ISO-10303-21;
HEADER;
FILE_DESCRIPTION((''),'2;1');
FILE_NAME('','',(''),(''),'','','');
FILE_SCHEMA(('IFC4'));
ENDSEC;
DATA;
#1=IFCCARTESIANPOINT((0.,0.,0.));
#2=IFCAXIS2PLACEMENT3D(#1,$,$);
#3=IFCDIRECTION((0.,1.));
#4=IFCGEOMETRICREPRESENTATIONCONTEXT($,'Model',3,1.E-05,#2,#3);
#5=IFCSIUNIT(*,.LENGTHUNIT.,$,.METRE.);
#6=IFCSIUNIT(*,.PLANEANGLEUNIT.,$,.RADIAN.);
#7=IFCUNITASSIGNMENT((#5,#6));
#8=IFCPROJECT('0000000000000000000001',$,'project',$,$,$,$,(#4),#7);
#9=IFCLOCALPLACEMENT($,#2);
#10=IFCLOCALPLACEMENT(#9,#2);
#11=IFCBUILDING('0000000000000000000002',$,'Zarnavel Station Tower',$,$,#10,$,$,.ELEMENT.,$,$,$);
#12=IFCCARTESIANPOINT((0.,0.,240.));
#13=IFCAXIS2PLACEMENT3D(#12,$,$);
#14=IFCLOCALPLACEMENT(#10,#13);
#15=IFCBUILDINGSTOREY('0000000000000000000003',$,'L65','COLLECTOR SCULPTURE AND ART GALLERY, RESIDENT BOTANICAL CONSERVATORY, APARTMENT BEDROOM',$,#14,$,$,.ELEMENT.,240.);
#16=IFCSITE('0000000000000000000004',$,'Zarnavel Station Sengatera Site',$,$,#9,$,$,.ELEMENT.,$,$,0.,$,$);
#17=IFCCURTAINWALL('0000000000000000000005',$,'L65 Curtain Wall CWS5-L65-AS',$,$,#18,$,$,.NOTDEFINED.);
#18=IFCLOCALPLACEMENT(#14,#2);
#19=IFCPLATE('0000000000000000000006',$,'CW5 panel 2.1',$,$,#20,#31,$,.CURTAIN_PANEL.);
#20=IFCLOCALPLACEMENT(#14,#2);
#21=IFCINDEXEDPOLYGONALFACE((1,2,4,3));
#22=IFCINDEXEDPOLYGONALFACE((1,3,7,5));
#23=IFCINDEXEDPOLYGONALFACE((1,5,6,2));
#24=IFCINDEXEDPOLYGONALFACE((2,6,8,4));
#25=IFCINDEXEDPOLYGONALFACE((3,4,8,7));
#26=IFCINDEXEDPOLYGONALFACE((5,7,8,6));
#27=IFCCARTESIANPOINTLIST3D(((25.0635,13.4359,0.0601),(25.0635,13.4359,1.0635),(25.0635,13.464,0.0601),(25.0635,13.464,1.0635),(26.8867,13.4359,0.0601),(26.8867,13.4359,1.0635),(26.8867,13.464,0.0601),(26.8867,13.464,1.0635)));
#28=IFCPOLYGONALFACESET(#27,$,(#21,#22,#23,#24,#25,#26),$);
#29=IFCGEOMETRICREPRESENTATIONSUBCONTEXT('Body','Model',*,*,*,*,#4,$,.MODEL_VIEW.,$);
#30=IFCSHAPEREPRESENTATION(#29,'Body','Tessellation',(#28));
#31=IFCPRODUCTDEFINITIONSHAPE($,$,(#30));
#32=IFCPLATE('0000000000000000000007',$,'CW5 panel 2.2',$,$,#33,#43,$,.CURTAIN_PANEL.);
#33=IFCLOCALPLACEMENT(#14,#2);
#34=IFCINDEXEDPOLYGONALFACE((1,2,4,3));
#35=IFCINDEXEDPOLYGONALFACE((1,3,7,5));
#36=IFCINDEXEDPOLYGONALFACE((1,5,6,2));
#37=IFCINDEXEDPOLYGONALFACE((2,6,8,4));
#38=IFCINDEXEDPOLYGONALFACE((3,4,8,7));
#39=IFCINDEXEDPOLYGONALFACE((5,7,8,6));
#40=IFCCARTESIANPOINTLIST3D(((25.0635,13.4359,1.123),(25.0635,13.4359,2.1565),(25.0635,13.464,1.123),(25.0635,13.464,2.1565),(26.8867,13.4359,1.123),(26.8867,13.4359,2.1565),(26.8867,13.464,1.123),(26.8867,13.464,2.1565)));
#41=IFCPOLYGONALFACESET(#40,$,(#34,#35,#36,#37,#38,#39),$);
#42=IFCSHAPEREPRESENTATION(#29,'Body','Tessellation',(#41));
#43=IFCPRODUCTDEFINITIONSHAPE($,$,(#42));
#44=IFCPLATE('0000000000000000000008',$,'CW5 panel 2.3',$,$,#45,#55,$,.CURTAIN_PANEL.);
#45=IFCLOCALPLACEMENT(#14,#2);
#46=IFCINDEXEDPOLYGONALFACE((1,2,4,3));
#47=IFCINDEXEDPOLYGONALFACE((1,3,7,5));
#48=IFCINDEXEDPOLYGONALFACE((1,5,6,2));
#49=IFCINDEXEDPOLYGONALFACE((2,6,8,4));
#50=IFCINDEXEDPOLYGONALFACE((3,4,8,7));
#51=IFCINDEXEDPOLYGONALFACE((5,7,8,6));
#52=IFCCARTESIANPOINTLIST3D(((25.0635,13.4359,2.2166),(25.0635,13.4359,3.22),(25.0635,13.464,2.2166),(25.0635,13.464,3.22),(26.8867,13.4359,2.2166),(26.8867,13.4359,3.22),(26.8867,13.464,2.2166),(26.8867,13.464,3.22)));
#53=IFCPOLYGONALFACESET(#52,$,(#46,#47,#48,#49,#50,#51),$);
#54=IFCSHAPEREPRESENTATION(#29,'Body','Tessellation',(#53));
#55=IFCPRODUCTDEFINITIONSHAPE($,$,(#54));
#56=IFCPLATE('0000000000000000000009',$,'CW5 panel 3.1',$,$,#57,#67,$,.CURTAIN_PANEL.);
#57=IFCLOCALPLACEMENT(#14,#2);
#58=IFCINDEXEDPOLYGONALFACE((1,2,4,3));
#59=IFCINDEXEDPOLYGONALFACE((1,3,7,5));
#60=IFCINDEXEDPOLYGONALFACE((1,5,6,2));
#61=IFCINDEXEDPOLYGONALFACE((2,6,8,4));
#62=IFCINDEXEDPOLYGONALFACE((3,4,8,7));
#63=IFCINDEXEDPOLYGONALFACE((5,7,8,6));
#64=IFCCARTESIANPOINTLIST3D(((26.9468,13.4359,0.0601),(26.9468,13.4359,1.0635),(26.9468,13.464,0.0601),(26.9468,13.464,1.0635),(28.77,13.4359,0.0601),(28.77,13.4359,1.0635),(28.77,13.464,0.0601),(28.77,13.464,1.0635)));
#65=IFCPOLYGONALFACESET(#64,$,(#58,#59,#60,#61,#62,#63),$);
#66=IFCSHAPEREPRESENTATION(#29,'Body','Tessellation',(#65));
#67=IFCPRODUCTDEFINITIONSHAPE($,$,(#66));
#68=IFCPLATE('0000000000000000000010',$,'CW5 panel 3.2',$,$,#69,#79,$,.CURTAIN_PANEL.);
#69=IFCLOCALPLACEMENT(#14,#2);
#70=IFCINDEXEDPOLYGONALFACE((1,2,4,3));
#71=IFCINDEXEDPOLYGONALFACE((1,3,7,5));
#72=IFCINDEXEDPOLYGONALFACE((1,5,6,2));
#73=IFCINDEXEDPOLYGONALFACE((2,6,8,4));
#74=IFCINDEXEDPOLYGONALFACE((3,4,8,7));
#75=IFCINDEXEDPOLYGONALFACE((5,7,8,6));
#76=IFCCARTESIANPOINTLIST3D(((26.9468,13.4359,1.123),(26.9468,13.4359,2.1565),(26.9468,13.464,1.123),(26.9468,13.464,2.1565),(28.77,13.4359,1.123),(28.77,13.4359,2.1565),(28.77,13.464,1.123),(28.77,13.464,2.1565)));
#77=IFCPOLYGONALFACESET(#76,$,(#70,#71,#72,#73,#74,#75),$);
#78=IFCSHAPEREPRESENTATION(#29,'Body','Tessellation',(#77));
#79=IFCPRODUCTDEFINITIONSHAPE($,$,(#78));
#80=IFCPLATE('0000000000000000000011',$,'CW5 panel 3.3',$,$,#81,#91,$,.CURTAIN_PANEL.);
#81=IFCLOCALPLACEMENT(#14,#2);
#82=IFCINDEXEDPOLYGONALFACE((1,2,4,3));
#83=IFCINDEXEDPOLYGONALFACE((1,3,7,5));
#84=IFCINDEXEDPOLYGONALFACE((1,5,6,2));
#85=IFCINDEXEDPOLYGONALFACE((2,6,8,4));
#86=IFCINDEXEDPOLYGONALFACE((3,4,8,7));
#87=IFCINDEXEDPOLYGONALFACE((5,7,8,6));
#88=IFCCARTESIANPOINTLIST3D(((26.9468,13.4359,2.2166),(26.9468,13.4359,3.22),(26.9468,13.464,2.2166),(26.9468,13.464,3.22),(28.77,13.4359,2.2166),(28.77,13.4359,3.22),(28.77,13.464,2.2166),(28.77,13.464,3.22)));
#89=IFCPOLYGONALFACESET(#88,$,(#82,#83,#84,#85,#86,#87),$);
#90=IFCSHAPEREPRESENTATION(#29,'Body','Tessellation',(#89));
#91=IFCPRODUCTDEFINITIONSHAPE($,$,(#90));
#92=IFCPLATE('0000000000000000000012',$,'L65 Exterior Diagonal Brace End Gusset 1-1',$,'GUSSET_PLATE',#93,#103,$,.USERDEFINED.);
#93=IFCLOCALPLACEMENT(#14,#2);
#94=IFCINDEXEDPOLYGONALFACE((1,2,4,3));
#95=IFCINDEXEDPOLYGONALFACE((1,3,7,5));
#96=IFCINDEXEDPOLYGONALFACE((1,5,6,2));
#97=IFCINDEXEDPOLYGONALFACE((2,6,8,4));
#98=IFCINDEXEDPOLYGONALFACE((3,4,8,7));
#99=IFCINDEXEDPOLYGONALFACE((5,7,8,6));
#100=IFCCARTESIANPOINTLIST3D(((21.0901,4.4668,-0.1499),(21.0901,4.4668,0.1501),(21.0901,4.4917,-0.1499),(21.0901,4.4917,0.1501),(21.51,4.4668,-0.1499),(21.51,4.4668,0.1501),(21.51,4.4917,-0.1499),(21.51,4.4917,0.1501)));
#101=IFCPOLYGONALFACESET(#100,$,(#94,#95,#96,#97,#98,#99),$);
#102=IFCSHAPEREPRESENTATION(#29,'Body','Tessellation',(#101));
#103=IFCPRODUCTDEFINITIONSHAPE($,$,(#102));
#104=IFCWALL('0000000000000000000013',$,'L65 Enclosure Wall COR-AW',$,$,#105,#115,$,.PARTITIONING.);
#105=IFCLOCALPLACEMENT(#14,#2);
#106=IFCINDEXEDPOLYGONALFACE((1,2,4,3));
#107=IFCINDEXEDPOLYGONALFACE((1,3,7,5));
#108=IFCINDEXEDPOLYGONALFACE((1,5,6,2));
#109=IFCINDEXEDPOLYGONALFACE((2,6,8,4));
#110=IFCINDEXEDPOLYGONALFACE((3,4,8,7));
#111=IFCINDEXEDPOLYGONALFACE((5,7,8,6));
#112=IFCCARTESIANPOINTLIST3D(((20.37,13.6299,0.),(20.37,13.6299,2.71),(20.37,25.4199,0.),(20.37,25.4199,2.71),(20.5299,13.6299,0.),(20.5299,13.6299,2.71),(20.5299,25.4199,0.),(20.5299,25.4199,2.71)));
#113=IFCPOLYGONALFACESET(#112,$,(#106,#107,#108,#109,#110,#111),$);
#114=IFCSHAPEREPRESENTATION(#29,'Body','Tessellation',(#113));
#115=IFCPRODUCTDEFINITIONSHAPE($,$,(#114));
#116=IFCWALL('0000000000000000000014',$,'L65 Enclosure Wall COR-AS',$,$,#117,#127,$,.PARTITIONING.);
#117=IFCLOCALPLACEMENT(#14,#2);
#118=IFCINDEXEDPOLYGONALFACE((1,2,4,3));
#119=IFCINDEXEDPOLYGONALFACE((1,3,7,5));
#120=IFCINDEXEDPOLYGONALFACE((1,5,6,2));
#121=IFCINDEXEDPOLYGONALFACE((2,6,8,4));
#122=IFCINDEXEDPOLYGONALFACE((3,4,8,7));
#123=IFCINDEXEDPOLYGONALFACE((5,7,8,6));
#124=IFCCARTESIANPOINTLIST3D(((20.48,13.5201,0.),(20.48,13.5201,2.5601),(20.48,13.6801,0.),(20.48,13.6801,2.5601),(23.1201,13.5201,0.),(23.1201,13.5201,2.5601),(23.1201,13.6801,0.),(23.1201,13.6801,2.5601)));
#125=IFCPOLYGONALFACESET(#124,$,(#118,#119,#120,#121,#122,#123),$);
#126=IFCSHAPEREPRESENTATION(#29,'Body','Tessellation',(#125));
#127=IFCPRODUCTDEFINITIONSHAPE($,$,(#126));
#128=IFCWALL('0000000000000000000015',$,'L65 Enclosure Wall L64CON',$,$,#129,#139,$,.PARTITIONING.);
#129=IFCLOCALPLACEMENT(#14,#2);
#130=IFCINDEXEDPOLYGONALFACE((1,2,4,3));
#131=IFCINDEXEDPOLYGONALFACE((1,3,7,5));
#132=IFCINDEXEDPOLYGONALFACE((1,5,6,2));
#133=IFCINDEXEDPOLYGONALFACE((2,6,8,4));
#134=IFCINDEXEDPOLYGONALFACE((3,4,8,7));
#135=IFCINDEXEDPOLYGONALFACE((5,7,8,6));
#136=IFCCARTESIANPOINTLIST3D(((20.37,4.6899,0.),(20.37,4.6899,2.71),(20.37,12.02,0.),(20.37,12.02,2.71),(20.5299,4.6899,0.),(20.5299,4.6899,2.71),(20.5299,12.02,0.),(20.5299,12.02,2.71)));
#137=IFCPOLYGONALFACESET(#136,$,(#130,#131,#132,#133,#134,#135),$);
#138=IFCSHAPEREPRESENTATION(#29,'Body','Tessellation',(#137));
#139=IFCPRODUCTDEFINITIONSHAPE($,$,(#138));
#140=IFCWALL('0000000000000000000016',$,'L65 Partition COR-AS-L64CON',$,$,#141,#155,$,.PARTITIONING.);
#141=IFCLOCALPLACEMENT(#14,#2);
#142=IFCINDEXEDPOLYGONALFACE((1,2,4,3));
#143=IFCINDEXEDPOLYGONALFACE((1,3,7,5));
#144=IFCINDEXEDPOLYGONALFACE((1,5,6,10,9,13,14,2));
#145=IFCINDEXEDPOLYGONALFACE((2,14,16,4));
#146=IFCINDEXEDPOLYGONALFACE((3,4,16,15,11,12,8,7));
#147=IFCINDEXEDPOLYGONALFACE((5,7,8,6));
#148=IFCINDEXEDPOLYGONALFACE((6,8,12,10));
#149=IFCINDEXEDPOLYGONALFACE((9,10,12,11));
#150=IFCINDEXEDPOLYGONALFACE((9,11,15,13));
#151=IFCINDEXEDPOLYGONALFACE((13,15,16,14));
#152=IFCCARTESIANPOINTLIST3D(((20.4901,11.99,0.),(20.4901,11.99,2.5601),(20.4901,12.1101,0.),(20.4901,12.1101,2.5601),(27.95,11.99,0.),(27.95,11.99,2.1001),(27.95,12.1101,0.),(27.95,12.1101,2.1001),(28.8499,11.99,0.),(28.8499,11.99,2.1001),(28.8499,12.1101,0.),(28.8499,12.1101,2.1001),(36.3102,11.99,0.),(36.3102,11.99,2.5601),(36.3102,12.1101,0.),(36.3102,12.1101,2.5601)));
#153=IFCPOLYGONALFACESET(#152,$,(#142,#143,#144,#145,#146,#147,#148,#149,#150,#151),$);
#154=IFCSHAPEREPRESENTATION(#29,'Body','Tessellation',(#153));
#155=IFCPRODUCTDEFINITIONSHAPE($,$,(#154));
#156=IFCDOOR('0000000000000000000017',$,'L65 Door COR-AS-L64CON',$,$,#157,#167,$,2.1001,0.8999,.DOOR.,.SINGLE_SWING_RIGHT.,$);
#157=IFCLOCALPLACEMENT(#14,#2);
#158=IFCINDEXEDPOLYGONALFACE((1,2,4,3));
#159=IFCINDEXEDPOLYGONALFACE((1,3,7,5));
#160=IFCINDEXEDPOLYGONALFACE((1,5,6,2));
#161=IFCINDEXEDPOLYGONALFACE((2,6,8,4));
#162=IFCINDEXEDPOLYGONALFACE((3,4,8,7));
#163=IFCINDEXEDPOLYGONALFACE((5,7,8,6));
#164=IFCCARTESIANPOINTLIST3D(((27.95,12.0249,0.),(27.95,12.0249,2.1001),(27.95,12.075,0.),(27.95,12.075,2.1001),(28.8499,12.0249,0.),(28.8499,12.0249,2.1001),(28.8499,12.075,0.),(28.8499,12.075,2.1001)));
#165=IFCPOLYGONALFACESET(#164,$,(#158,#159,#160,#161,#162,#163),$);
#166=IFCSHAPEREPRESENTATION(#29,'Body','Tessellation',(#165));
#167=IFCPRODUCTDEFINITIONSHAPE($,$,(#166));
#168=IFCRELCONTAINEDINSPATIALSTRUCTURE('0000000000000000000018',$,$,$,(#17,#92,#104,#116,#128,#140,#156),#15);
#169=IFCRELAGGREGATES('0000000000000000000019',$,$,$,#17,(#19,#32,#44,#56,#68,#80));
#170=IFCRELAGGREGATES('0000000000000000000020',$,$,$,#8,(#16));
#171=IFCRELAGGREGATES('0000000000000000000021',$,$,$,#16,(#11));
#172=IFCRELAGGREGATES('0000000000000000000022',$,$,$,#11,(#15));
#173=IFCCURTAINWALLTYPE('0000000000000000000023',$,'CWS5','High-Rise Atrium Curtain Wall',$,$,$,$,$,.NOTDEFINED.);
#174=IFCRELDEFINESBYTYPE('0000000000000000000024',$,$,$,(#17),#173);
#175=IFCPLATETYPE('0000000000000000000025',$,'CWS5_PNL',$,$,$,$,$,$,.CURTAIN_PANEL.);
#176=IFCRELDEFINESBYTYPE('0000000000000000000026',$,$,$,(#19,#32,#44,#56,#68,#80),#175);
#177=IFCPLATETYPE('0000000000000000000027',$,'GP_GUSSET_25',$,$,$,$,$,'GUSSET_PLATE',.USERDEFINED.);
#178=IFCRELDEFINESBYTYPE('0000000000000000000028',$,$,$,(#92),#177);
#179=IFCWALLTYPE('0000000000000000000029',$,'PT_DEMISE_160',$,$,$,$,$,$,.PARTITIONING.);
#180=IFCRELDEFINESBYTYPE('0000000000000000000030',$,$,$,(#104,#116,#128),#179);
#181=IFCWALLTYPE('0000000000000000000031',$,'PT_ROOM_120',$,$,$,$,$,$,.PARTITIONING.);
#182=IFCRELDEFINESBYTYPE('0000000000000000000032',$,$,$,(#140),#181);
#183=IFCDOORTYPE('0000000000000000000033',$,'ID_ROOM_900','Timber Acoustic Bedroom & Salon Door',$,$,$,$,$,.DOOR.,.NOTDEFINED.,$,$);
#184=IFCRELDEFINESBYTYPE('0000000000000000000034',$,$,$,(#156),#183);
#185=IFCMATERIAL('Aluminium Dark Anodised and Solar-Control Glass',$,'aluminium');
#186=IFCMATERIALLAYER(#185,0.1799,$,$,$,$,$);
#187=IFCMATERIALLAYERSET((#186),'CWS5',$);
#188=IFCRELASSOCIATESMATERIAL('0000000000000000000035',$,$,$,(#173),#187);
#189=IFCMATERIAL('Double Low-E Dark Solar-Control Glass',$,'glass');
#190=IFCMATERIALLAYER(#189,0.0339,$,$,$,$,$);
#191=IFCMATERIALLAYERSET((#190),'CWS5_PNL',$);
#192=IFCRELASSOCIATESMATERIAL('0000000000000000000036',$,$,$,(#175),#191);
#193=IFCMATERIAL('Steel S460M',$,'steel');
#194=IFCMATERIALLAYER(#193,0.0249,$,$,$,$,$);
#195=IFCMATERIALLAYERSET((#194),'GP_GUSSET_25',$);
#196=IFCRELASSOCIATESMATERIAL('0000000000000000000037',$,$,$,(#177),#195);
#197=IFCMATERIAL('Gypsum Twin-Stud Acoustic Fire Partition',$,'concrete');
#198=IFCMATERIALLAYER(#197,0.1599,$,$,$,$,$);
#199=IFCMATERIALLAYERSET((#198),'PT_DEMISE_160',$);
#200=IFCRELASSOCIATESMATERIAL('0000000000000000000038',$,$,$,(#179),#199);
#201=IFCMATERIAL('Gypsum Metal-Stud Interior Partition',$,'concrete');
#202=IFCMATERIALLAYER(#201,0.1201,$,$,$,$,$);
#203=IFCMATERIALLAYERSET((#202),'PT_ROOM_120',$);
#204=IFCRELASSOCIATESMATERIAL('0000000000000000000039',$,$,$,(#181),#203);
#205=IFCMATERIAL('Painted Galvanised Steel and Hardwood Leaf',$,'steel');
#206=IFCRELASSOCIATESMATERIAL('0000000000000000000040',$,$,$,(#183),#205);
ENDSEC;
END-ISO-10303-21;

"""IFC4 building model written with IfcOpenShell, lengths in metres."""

from ifc_helpers import new_model, si_unit, direction, frame, frame_2d, origin, origin_2d, place, context, subcontext, project, spatial, rectangle, extrude, material, layer, layer_set, type_object, element, fill, aggregate, save


model = new_model("IFC4")

# Units and contexts
model_context = context("Model", 3, precision=1e-05, world=origin(), true_north=direction((0.0, 1.0)))
body_context = subcontext(model_context, "Body", "Model", "MODEL_VIEW")
ifc_project = project(units=[si_unit("LENGTHUNIT", "METRE"), si_unit("PLANEANGLEUNIT", "RADIAN")], contexts=[model_context])

# Site, building, storey
site_placement = place(None, origin())
site = spatial("IfcSite", under=ifc_project, at=site_placement, Name="Zarnavel Station Sengatera Site", CompositionType="ELEMENT", RefElevation=0.0)
building_placement = place(site_placement, origin())
building = spatial("IfcBuilding", under=site, at=building_placement, Name="Zarnavel Station Tower", CompositionType="ELEMENT")
storey_placement = place(building_placement, frame((0.0, 0.0, 240.0)))
storey = spatial("IfcBuildingStorey", under=building, at=storey_placement, Name="L65", Description="COLLECTOR SCULPTURE AND ART GALLERY, RESIDENT BOTANICAL CONSERVATORY, APARTMENT BEDROOM", CompositionType="ELEMENT", Elevation=240.0)

# Curtain wall
ifc_material_1 = material(Name="Aluminium Dark Anodised and Solar-Control Glass", Category="aluminium")
ifc_layer_1 = layer(ifc_material_1, 0.1799)
ifc_layer_set_1 = layer_set([ifc_layer_1], Name="CWS5")
curtain_wall_type = type_object("IfcCurtainWallType", Name="CWS5", Description="High-Rise Atrium Curtain Wall", PredefinedType="NOTDEFINED", material=ifc_layer_set_1)
curtain_wall_placement = place(storey_placement, origin())
curtain_wall = element("IfcCurtainWall", 1, at=curtain_wall_placement, inside=storey, type_object=curtain_wall_type, Name="L65 Curtain Wall CWS5-L65-AS", PredefinedType="NOTDEFINED")

# Plates
ifc_material_2 = material(Name="Double Low-E Dark Solar-Control Glass", Category="glass")
ifc_layer_2 = layer(ifc_material_2, 0.0339)
ifc_layer_set_2 = layer_set([ifc_layer_2], Name="CWS5_PNL")
plate_type_1 = type_object("IfcPlateType", Name="CWS5_PNL", PredefinedType="CURTAIN_PANEL", material=ifc_layer_set_2)
plate_1_placement = place(storey_placement, frame((25.9751, 13.45, 0.0601), z_axis=(0.0, 0.0, 1.0), x_axis=(1.0, 0.0, 0.0)))
plate_1 = element("IfcPlate", 2, at=plate_1_placement, type_object=plate_type_1, Name="CW5 panel 2.1", PredefinedType="CURTAIN_PANEL", context=body_context, shape_type="SweptSolid", body=[
    extrude(rectangle(XDim=1.8232, YDim=0.0281, at=origin_2d()), origin(), (0.0, 0.0, 1.0), 1.0034),
])
plate_2_placement = place(storey_placement, frame((25.9751, 13.45, 1.123), z_axis=(0.0, 0.0, 1.0), x_axis=(1.0, 0.0, 0.0)))
plate_2 = element("IfcPlate", 3, at=plate_2_placement, type_object=plate_type_1, Name="CW5 panel 2.2", PredefinedType="CURTAIN_PANEL", context=body_context, shape_type="SweptSolid", body=[
    extrude(rectangle(XDim=1.8232, YDim=0.0281, at=origin_2d()), origin(), (0.0, 0.0, 1.0), 1.0334),
])
plate_3_placement = place(storey_placement, frame((25.9751, 13.45, 2.2166), z_axis=(0.0, 0.0, 1.0), x_axis=(1.0, 0.0, 0.0)))
plate_3 = element("IfcPlate", 4, at=plate_3_placement, type_object=plate_type_1, Name="CW5 panel 2.3", PredefinedType="CURTAIN_PANEL", context=body_context, shape_type="SweptSolid", body=[
    extrude(rectangle(XDim=1.8232, YDim=0.0281, at=origin_2d()), origin(), (0.0, 0.0, 1.0), 1.0034),
])
plate_4_placement = place(storey_placement, frame((27.8584, 13.45, 0.0601), z_axis=(0.0, 0.0, 1.0), x_axis=(1.0, 0.0, 0.0)))
plate_4 = element("IfcPlate", 5, at=plate_4_placement, type_object=plate_type_1, Name="CW5 panel 3.1", PredefinedType="CURTAIN_PANEL", context=body_context, shape_type="SweptSolid", body=[
    extrude(rectangle(XDim=1.8232, YDim=0.0281, at=origin_2d()), origin(), (0.0, 0.0, 1.0), 1.0034),
])
plate_5_placement = place(storey_placement, frame((27.8584, 13.45, 1.123), z_axis=(0.0, 0.0, 1.0), x_axis=(1.0, 0.0, 0.0)))
plate_5 = element("IfcPlate", 6, at=plate_5_placement, type_object=plate_type_1, Name="CW5 panel 3.2", PredefinedType="CURTAIN_PANEL", context=body_context, shape_type="SweptSolid", body=[
    extrude(rectangle(XDim=1.8232, YDim=0.0281, at=origin_2d()), origin(), (0.0, 0.0, 1.0), 1.0334),
])
plate_6_placement = place(storey_placement, frame((27.8584, 13.45, 2.2166), z_axis=(0.0, 0.0, 1.0), x_axis=(1.0, 0.0, 0.0)))
plate_6 = element("IfcPlate", 7, at=plate_6_placement, type_object=plate_type_1, Name="CW5 panel 3.3", PredefinedType="CURTAIN_PANEL", context=body_context, shape_type="SweptSolid", body=[
    extrude(rectangle(XDim=1.8232, YDim=0.0281, at=origin_2d()), origin(), (0.0, 0.0, 1.0), 1.0034),
])
aggregate(curtain_wall, [plate_1, plate_2, plate_3, plate_4, plate_5, plate_6])
ifc_material_3 = material(Name="Steel S460M", Category="steel")
ifc_layer_3 = layer(ifc_material_3, 0.0249)
ifc_layer_set_3 = layer_set([ifc_layer_3], Name="GP_GUSSET_25")
plate_type_2 = type_object("IfcPlateType", Name="GP_GUSSET_25", ElementType="GUSSET_PLATE", PredefinedType="USERDEFINED", material=ifc_layer_set_3)
plate_7_placement = place(storey_placement, frame((21.3, 4.4792, -0.1499), z_axis=(0.0, 0.0, 1.0), x_axis=(1.0, 0.0, 0.0)))
element("IfcPlate", 8, at=plate_7_placement, inside=storey, type_object=plate_type_2, Name="L65 Exterior Diagonal Brace End Gusset 1-1", ObjectType="GUSSET_PLATE", PredefinedType="USERDEFINED", context=body_context, shape_type="SweptSolid", body=[
    extrude(rectangle(XDim=0.4199, YDim=0.0249, at=origin_2d()), origin(), (0.0, 0.0, 1.0), 0.3),
])

# Walls
ifc_material_4 = material(Name="Gypsum Twin-Stud Acoustic Fire Partition", Category="concrete")
ifc_layer_4 = layer(ifc_material_4, 0.1599)
ifc_layer_set_4 = layer_set([ifc_layer_4], Name="PT_DEMISE_160")
wall_type_1 = type_object("IfcWallType", Name="PT_DEMISE_160", PredefinedType="PARTITIONING", material=ifc_layer_set_4)
wall_1_placement = place(storey_placement, frame((20.45, 13.6299, 0.0), z_axis=(0.0, 0.0, 1.0), x_axis=(0.0, 1.0, 0.0)))
element("IfcWall", 9, at=wall_1_placement, inside=storey, type_object=wall_type_1, Name="L65 Enclosure Wall COR-AW", PredefinedType="PARTITIONING", context=body_context, shape_type="SweptSolid", body=[
    extrude(rectangle(XDim=11.79, YDim=0.1599, at=frame_2d((5.895, 0.0))), origin(), (0.0, 0.0, 1.0), 2.71),
])
wall_2_placement = place(storey_placement, frame((20.48, 13.6001, 0.0), z_axis=(0.0, 0.0, 1.0), x_axis=(1.0, 0.0, 0.0)))
element("IfcWall", 10, at=wall_2_placement, inside=storey, type_object=wall_type_1, Name="L65 Enclosure Wall COR-AS", PredefinedType="PARTITIONING", context=body_context, shape_type="SweptSolid", body=[
    extrude(rectangle(XDim=2.6401, YDim=0.1599, at=frame_2d((1.3201, 0.0))), origin(), (0.0, 0.0, 1.0), 2.5601),
])
wall_3_placement = place(storey_placement, frame((20.45, 4.6899, 0.0), z_axis=(0.0, 0.0, 1.0), x_axis=(0.0, 1.0, 0.0)))
element("IfcWall", 11, at=wall_3_placement, inside=storey, type_object=wall_type_1, Name="L65 Enclosure Wall L64CON", PredefinedType="PARTITIONING", context=body_context, shape_type="SweptSolid", body=[
    extrude(rectangle(XDim=7.3301, YDim=0.1599, at=frame_2d((3.665, 0.0))), origin(), (0.0, 0.0, 1.0), 2.71),
])

# Wall, opening, door
ifc_material_5 = material(Name="Gypsum Metal-Stud Interior Partition", Category="concrete")
ifc_layer_5 = layer(ifc_material_5, 0.1201)
ifc_layer_set_5 = layer_set([ifc_layer_5], Name="PT_ROOM_120")
wall_type_2 = type_object("IfcWallType", Name="PT_ROOM_120", PredefinedType="PARTITIONING", material=ifc_layer_set_5)
wall_4_placement = place(storey_placement, frame((20.49, 12.05, 0.0), z_axis=(0.0, 0.0, 1.0), x_axis=(1.0, 0.0, 0.0)))
wall_4 = element("IfcWall", 12, at=wall_4_placement, inside=storey, type_object=wall_type_2, Name="L65 Partition COR-AS-L64CON", PredefinedType="PARTITIONING", context=body_context, shape_type="SweptSolid", body=[
    extrude(rectangle(XDim=15.8201, YDim=0.1201, at=frame_2d((7.9102, 0.0))), origin(), (0.0, 0.0, 1.0), 2.5601),
])
opening_placement = place(wall_4_placement, frame((7.46, 0.0, 0.0)))
opening = element("IfcOpeningElement", 13, at=opening_placement, cuts=wall_4, PredefinedType="OPENING", context=body_context, shape_type="SweptSolid", body=[
    extrude(rectangle(XDim=0.8999, YDim=2.1001, at=frame_2d((0.45, 1.05))), frame((0.0, 0.0701, 0.0), z_axis=(0.0, -1.0, 0.0), x_axis=(1.0, 0.0, 0.0)), (0.0, 0.0, 1.0), 0.1401),
])
ifc_material_6 = material(Name="Painted Galvanised Steel and Hardwood Leaf", Category="steel")
door_type = type_object("IfcDoorType", Name="ID_ROOM_900", Description="Timber Acoustic Bedroom & Salon Door", OperationType="NOTDEFINED", PredefinedType="DOOR", material=ifc_material_6)
door_placement = place(opening_placement, origin())
door = element("IfcDoor", 14, at=door_placement, inside=storey, type_object=door_type, Name="L65 Door COR-AS-L64CON", OperationType="SINGLE_SWING_RIGHT", OverallHeight=2.1001, OverallWidth=0.8999, PredefinedType="DOOR", context=body_context, shape_type="SweptSolid", body=[
    extrude(rectangle(XDim=0.8999, YDim=2.1001, at=frame_2d((0.45, 1.05))), frame((0.0, 0.0249, 0.0), z_axis=(0.0, -1.0, 0.0), x_axis=(1.0, 0.0, 0.0)), (0.0, 0.0, 1.0), 0.05),
])
fill(opening, door)

save(model, "model.ifc")
